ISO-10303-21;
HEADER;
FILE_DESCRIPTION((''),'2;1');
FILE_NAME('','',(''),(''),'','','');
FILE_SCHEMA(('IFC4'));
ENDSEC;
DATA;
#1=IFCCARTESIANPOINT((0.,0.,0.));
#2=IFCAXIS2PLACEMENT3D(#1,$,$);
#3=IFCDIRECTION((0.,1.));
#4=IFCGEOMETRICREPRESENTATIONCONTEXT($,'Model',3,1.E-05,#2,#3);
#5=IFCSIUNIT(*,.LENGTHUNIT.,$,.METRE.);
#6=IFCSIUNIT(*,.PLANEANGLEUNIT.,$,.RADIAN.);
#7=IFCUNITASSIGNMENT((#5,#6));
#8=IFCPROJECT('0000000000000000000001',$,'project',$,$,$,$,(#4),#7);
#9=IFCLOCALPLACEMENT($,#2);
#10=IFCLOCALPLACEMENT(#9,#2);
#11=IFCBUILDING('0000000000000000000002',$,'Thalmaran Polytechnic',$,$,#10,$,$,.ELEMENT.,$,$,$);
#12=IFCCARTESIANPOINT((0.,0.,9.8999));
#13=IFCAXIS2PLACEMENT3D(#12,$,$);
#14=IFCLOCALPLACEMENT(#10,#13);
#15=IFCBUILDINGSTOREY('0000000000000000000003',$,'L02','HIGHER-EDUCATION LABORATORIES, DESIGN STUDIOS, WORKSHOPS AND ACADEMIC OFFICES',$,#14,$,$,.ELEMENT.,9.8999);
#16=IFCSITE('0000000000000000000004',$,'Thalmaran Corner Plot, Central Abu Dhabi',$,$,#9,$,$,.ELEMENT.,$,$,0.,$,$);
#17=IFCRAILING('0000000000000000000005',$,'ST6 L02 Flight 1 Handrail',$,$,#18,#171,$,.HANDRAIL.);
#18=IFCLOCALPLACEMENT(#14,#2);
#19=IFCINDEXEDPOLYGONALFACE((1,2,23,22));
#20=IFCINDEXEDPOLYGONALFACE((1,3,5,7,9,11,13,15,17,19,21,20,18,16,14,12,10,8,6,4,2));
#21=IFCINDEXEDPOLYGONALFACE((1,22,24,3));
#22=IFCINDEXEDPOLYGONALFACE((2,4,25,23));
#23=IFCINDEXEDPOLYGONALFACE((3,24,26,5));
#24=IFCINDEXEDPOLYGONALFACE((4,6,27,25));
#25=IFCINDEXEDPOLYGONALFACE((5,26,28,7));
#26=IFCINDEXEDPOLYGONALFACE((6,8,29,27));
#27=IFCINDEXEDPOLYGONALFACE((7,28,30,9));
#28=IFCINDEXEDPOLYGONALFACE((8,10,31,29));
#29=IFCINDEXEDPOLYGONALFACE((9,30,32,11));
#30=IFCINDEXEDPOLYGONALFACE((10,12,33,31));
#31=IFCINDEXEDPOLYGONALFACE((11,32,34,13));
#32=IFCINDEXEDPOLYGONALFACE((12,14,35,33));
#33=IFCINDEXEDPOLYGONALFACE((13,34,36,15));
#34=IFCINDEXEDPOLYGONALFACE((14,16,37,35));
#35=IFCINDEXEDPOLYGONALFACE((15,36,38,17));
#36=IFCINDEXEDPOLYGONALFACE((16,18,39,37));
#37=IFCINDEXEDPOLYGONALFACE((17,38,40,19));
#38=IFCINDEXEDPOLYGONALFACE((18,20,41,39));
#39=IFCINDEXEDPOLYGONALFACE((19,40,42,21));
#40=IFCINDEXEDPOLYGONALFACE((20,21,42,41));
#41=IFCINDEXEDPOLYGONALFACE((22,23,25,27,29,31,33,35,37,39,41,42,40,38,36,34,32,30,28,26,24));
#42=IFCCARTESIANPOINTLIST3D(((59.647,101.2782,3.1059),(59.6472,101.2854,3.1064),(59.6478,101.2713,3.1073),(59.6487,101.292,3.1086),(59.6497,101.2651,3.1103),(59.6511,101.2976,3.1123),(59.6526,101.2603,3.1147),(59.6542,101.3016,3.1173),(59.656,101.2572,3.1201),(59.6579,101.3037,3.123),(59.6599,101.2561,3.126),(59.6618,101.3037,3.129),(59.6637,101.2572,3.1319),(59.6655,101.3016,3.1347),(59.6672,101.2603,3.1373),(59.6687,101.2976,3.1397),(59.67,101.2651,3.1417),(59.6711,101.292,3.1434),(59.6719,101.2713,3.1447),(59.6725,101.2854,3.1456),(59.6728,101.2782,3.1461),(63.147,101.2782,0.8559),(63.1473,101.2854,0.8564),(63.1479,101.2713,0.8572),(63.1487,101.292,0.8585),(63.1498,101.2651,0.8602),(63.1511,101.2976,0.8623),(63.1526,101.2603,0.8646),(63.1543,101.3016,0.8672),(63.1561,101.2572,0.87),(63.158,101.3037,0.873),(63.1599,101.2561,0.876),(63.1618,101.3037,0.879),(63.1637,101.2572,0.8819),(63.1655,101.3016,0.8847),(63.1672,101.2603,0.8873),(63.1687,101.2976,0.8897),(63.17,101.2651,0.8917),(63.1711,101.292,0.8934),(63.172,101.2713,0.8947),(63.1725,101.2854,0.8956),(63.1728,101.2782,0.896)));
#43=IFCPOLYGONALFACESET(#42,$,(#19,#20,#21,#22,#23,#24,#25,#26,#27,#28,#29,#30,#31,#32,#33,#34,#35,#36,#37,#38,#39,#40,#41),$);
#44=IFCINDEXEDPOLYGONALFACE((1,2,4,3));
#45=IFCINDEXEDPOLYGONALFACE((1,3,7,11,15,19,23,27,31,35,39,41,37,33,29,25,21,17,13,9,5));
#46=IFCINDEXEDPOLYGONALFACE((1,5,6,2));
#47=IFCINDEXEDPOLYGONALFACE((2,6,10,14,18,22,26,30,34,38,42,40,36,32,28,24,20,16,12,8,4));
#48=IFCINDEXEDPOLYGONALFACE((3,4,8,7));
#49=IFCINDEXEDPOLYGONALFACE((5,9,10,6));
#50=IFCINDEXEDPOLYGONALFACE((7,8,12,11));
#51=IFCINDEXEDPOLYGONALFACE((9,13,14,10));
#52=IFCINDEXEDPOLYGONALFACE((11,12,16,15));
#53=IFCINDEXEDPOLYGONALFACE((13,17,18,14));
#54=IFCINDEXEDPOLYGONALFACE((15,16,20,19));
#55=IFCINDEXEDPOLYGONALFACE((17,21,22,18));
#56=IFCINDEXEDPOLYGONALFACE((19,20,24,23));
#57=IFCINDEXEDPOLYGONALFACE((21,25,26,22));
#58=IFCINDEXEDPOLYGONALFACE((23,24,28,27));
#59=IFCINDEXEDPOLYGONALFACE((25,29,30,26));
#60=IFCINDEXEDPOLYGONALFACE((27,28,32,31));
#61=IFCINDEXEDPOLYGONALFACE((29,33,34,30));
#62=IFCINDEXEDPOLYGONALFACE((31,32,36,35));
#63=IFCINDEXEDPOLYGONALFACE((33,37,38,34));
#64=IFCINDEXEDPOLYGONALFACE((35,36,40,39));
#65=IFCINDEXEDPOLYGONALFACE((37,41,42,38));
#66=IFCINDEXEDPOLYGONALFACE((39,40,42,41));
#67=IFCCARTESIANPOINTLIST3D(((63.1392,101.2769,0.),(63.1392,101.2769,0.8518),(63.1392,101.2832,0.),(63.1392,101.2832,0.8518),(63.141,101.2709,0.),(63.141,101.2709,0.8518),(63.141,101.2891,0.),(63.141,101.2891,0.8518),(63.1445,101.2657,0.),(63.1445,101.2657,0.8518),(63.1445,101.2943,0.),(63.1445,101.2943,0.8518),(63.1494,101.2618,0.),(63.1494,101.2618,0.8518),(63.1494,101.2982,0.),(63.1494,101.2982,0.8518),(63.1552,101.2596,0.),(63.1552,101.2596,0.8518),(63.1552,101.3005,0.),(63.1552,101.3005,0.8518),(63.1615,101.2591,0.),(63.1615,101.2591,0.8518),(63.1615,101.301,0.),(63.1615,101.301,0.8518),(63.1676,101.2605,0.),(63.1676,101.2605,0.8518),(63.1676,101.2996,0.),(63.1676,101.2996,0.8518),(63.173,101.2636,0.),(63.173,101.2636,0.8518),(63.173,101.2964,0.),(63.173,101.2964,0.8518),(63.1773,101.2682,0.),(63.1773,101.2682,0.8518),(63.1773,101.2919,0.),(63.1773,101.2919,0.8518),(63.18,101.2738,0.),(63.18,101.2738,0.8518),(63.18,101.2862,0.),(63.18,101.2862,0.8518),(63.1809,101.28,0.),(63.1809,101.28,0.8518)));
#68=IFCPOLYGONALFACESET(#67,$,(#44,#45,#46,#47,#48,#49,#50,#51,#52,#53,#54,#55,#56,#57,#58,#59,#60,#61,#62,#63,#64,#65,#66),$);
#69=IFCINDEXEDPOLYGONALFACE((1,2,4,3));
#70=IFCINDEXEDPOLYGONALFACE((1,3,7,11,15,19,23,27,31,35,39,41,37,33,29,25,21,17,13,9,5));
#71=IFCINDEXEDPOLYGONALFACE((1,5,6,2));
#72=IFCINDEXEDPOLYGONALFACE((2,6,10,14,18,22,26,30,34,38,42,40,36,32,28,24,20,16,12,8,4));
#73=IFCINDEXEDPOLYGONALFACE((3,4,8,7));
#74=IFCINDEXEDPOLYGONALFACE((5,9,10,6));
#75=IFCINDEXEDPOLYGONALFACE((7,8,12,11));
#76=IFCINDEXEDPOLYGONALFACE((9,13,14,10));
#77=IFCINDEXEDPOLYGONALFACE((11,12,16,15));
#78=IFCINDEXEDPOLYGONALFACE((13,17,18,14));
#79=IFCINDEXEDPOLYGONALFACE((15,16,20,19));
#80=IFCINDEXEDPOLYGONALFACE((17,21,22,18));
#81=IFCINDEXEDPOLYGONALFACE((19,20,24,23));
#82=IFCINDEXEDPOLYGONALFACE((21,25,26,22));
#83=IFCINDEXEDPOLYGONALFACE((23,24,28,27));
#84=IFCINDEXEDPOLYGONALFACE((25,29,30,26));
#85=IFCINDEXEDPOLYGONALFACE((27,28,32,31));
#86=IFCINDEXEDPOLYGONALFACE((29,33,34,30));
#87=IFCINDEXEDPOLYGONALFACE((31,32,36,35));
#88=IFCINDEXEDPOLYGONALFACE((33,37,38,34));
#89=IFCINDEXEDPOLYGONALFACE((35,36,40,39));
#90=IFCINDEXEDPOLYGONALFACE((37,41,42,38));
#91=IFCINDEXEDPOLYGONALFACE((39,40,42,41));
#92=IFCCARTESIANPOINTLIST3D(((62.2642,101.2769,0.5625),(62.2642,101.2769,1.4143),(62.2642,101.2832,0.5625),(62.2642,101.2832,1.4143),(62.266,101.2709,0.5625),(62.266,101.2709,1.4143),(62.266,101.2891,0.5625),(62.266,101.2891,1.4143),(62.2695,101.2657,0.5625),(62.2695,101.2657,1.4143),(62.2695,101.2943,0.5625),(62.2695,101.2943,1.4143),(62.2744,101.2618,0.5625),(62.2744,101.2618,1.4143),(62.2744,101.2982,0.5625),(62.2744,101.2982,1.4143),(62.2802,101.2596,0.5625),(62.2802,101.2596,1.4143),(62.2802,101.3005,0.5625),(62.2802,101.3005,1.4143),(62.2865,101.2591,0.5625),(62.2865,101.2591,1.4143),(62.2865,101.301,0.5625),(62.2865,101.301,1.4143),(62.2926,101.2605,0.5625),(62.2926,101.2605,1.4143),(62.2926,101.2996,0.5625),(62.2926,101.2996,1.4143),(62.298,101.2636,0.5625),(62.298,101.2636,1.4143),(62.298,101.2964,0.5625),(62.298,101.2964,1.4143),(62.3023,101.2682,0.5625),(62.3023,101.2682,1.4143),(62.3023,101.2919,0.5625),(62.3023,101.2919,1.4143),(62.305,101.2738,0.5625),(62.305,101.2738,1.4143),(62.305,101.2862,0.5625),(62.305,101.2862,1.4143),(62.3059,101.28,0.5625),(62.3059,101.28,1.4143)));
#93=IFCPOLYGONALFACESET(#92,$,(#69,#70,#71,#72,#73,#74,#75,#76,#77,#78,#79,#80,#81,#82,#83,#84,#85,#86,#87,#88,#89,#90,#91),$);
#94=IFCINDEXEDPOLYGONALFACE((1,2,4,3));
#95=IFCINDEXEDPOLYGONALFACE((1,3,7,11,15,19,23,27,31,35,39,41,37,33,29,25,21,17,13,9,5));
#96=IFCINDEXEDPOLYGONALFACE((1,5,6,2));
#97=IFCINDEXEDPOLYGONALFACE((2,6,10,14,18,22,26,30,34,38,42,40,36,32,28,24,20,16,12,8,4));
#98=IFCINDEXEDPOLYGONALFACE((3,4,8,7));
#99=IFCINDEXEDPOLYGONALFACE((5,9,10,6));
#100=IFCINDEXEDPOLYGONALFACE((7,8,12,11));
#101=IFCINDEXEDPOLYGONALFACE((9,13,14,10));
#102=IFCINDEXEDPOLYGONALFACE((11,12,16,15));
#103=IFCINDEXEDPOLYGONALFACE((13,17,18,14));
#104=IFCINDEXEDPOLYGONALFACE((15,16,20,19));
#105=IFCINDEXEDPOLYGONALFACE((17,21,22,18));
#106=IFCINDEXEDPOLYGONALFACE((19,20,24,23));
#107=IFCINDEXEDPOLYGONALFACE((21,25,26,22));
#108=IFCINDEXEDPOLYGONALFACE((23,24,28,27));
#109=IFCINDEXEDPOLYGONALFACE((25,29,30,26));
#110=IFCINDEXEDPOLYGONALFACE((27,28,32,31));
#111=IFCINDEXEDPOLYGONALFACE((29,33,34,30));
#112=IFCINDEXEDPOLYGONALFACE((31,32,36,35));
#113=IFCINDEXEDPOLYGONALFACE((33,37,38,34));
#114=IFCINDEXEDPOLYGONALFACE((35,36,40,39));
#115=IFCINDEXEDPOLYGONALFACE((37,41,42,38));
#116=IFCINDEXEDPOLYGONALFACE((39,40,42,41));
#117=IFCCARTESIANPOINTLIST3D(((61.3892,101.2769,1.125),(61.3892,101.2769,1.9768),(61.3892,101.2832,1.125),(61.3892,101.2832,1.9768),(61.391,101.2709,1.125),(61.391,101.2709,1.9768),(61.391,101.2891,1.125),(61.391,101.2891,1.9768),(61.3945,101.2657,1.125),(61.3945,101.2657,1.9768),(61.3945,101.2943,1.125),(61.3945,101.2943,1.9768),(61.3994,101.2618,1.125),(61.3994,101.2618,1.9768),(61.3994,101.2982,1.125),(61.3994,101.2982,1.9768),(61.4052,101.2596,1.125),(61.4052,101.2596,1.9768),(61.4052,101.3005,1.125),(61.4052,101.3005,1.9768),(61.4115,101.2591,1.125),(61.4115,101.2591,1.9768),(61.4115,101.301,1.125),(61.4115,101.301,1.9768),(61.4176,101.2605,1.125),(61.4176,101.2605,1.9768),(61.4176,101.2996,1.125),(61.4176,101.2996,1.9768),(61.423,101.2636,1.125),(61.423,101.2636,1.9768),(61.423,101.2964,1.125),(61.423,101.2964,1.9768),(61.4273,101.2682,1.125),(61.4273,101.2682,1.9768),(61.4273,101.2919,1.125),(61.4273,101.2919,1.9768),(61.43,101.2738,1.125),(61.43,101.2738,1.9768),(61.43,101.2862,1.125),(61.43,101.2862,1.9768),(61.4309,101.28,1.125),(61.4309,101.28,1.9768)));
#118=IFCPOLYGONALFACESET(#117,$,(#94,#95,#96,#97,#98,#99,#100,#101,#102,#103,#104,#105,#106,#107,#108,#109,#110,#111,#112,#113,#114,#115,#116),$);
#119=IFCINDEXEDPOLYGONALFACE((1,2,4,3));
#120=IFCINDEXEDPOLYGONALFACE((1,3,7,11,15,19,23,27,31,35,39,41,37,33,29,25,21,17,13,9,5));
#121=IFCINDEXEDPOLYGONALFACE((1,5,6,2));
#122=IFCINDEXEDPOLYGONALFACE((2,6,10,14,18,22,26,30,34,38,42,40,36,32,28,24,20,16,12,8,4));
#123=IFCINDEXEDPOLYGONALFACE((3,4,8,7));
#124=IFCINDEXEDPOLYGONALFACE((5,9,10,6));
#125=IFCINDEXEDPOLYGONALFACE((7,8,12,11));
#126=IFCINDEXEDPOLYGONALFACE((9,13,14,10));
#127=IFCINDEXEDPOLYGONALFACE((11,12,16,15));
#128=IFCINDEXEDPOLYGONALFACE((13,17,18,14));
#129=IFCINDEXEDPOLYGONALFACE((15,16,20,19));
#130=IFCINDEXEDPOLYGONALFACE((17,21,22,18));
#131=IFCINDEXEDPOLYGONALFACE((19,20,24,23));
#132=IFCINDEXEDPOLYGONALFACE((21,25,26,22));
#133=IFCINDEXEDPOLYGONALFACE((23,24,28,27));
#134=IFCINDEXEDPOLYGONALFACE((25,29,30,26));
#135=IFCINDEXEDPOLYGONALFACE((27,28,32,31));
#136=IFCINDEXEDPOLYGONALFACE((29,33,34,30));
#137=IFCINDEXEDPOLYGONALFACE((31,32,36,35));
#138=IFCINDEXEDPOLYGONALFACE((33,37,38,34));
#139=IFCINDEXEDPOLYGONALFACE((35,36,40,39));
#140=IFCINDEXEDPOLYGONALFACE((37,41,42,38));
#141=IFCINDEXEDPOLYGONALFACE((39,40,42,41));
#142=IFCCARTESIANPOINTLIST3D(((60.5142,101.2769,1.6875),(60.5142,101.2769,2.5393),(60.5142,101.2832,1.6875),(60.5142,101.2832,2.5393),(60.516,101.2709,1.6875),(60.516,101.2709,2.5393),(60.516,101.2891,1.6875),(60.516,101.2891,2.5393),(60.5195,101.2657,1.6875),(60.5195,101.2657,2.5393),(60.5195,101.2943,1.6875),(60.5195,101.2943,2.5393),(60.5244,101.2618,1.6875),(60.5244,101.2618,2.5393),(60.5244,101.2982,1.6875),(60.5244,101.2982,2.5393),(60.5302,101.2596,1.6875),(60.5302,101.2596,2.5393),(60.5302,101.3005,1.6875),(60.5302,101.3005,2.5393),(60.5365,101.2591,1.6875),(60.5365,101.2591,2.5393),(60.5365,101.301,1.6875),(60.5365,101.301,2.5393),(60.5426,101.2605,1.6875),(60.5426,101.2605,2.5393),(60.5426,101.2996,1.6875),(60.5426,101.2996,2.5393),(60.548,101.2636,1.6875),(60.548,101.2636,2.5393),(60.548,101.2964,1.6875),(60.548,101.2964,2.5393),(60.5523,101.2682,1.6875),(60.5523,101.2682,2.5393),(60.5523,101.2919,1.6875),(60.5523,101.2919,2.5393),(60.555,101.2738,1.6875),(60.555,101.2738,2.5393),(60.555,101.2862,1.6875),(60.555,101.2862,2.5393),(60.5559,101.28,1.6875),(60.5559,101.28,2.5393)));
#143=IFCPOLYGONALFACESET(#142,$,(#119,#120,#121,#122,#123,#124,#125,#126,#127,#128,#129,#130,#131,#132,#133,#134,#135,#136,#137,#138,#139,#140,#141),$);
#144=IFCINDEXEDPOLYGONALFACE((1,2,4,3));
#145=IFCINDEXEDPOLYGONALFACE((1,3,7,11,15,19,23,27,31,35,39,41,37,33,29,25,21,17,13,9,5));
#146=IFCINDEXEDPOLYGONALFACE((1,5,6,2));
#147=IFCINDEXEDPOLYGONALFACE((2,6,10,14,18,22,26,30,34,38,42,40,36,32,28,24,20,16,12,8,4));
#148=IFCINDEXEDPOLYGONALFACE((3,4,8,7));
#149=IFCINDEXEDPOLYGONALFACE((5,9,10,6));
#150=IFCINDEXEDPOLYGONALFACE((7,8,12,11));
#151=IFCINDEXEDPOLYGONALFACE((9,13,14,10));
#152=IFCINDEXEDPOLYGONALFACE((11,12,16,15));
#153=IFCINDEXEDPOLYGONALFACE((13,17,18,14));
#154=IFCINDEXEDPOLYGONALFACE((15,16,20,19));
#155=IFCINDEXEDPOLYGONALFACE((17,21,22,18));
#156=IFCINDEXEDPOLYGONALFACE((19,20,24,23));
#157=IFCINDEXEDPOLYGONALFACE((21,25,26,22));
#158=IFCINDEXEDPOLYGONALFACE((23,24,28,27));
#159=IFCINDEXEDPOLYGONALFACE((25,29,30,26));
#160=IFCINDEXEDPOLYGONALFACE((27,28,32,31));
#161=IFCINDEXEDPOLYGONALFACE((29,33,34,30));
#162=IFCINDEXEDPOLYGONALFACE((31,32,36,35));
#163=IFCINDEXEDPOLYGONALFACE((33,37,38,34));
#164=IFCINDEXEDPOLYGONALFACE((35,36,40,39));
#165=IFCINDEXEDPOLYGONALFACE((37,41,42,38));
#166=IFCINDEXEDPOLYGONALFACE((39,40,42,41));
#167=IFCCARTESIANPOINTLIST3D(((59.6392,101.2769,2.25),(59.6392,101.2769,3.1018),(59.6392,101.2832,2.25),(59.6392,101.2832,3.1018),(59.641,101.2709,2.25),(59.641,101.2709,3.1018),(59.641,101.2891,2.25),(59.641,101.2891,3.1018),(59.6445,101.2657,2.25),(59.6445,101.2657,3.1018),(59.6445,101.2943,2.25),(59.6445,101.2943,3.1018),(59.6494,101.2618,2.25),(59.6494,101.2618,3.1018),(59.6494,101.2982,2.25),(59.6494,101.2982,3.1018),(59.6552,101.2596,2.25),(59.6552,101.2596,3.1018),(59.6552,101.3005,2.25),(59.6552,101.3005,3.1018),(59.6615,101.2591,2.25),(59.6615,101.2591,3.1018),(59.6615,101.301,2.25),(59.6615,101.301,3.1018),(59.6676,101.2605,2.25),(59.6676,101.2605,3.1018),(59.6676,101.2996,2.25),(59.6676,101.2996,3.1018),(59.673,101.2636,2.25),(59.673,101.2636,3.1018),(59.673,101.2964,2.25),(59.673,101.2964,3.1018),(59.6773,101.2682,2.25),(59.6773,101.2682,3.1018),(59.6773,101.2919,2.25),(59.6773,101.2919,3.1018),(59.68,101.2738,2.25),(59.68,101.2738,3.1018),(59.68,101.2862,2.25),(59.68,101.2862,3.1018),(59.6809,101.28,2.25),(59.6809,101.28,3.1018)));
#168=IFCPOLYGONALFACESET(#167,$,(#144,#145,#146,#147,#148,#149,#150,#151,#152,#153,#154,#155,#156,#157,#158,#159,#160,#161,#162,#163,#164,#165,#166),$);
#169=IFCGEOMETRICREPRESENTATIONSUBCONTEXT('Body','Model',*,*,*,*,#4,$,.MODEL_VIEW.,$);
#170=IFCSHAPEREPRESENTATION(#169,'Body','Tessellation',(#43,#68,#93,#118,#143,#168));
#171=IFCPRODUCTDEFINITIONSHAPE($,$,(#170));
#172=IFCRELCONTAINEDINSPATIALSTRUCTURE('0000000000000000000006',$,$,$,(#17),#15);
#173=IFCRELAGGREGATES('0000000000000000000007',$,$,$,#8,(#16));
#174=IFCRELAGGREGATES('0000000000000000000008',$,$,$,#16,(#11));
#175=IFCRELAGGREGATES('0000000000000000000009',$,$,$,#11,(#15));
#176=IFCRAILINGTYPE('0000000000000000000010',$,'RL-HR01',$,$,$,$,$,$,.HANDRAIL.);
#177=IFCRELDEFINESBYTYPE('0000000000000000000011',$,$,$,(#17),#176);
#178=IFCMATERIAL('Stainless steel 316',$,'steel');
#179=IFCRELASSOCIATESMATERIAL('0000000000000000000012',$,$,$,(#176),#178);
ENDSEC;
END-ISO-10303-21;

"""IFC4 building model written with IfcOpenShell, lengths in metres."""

from ifc_helpers import new_model, si_unit, direction, frame, origin, origin_2d, place, context, subcontext, project, spatial, circle, extrude, material, type_object, element, save


model = new_model("IFC4")

# Units and contexts
model_context = context("Model", 3, precision=1e-05, world=origin(), true_north=direction((0.0, 1.0)))
body_context = subcontext(model_context, "Body", "Model", "MODEL_VIEW")
ifc_project = project(units=[si_unit("LENGTHUNIT", "METRE"), si_unit("PLANEANGLEUNIT", "RADIAN")], contexts=[model_context])

# Site, building, storey
site_placement = place(None, origin())
site = spatial("IfcSite", under=ifc_project, at=site_placement, Name="Thalmaran Corner Plot, Central Abu Dhabi", CompositionType="ELEMENT", RefElevation=0.0)
building_placement = place(site_placement, origin())
building = spatial("IfcBuilding", under=site, at=building_placement, Name="Thalmaran Polytechnic", CompositionType="ELEMENT")
storey_placement = place(building_placement, frame((0.0, 0.0, 9.8999)))
storey = spatial("IfcBuildingStorey", under=building, at=storey_placement, Name="L02", Description="HIGHER-EDUCATION LABORATORIES, DESIGN STUDIOS, WORKSHOPS AND ACADEMIC OFFICES", CompositionType="ELEMENT", Elevation=9.8999)

# Railing
ifc_material_1 = material(Name="Stainless steel 316", Category="steel")
railing_type_1 = type_object("IfcRailingType", Name="RL-HR01", PredefinedType="HANDRAIL", material=ifc_material_1)
railing_1_placement = place(storey_placement, frame((63.1599, 101.28, 0.0)))
element("IfcRailing", 1, at=railing_1_placement, inside=storey, type_object=railing_type_1, Name="ST6 L02 Flight 1 Handrail", PredefinedType="HANDRAIL", context=body_context, shape_type="SweptSolid", body=[
    extrude(circle(Radius=0.0239, at=origin_2d()), frame((0.0, 0.0, 0.876), z_axis=(-0.841178, 0.0, 0.540758), x_axis=(0.0, -1.0, 0.0)), (0.0, 0.0, 1.0), 4.1609),
    extrude(circle(Radius=0.021, at=origin_2d()), origin(), (0.0, 0.0, 1.0), 0.8518),
    extrude(circle(Radius=0.021, at=origin_2d()), frame((-0.875, 0.0, 0.5625)), (0.0, 0.0, 1.0), 0.8518),
    extrude(circle(Radius=0.021, at=origin_2d()), frame((-1.75, 0.0, 1.125)), (0.0, 0.0, 1.0), 0.8518),
    extrude(circle(Radius=0.021, at=origin_2d()), frame((-2.625, 0.0, 1.6875)), (0.0, 0.0, 1.0), 0.8518),
    extrude(circle(Radius=0.021, at=origin_2d()), frame((-3.5, 0.0, 2.25)), (0.0, 0.0, 1.0), 0.8518),
])

save(model, "model.ifc")
